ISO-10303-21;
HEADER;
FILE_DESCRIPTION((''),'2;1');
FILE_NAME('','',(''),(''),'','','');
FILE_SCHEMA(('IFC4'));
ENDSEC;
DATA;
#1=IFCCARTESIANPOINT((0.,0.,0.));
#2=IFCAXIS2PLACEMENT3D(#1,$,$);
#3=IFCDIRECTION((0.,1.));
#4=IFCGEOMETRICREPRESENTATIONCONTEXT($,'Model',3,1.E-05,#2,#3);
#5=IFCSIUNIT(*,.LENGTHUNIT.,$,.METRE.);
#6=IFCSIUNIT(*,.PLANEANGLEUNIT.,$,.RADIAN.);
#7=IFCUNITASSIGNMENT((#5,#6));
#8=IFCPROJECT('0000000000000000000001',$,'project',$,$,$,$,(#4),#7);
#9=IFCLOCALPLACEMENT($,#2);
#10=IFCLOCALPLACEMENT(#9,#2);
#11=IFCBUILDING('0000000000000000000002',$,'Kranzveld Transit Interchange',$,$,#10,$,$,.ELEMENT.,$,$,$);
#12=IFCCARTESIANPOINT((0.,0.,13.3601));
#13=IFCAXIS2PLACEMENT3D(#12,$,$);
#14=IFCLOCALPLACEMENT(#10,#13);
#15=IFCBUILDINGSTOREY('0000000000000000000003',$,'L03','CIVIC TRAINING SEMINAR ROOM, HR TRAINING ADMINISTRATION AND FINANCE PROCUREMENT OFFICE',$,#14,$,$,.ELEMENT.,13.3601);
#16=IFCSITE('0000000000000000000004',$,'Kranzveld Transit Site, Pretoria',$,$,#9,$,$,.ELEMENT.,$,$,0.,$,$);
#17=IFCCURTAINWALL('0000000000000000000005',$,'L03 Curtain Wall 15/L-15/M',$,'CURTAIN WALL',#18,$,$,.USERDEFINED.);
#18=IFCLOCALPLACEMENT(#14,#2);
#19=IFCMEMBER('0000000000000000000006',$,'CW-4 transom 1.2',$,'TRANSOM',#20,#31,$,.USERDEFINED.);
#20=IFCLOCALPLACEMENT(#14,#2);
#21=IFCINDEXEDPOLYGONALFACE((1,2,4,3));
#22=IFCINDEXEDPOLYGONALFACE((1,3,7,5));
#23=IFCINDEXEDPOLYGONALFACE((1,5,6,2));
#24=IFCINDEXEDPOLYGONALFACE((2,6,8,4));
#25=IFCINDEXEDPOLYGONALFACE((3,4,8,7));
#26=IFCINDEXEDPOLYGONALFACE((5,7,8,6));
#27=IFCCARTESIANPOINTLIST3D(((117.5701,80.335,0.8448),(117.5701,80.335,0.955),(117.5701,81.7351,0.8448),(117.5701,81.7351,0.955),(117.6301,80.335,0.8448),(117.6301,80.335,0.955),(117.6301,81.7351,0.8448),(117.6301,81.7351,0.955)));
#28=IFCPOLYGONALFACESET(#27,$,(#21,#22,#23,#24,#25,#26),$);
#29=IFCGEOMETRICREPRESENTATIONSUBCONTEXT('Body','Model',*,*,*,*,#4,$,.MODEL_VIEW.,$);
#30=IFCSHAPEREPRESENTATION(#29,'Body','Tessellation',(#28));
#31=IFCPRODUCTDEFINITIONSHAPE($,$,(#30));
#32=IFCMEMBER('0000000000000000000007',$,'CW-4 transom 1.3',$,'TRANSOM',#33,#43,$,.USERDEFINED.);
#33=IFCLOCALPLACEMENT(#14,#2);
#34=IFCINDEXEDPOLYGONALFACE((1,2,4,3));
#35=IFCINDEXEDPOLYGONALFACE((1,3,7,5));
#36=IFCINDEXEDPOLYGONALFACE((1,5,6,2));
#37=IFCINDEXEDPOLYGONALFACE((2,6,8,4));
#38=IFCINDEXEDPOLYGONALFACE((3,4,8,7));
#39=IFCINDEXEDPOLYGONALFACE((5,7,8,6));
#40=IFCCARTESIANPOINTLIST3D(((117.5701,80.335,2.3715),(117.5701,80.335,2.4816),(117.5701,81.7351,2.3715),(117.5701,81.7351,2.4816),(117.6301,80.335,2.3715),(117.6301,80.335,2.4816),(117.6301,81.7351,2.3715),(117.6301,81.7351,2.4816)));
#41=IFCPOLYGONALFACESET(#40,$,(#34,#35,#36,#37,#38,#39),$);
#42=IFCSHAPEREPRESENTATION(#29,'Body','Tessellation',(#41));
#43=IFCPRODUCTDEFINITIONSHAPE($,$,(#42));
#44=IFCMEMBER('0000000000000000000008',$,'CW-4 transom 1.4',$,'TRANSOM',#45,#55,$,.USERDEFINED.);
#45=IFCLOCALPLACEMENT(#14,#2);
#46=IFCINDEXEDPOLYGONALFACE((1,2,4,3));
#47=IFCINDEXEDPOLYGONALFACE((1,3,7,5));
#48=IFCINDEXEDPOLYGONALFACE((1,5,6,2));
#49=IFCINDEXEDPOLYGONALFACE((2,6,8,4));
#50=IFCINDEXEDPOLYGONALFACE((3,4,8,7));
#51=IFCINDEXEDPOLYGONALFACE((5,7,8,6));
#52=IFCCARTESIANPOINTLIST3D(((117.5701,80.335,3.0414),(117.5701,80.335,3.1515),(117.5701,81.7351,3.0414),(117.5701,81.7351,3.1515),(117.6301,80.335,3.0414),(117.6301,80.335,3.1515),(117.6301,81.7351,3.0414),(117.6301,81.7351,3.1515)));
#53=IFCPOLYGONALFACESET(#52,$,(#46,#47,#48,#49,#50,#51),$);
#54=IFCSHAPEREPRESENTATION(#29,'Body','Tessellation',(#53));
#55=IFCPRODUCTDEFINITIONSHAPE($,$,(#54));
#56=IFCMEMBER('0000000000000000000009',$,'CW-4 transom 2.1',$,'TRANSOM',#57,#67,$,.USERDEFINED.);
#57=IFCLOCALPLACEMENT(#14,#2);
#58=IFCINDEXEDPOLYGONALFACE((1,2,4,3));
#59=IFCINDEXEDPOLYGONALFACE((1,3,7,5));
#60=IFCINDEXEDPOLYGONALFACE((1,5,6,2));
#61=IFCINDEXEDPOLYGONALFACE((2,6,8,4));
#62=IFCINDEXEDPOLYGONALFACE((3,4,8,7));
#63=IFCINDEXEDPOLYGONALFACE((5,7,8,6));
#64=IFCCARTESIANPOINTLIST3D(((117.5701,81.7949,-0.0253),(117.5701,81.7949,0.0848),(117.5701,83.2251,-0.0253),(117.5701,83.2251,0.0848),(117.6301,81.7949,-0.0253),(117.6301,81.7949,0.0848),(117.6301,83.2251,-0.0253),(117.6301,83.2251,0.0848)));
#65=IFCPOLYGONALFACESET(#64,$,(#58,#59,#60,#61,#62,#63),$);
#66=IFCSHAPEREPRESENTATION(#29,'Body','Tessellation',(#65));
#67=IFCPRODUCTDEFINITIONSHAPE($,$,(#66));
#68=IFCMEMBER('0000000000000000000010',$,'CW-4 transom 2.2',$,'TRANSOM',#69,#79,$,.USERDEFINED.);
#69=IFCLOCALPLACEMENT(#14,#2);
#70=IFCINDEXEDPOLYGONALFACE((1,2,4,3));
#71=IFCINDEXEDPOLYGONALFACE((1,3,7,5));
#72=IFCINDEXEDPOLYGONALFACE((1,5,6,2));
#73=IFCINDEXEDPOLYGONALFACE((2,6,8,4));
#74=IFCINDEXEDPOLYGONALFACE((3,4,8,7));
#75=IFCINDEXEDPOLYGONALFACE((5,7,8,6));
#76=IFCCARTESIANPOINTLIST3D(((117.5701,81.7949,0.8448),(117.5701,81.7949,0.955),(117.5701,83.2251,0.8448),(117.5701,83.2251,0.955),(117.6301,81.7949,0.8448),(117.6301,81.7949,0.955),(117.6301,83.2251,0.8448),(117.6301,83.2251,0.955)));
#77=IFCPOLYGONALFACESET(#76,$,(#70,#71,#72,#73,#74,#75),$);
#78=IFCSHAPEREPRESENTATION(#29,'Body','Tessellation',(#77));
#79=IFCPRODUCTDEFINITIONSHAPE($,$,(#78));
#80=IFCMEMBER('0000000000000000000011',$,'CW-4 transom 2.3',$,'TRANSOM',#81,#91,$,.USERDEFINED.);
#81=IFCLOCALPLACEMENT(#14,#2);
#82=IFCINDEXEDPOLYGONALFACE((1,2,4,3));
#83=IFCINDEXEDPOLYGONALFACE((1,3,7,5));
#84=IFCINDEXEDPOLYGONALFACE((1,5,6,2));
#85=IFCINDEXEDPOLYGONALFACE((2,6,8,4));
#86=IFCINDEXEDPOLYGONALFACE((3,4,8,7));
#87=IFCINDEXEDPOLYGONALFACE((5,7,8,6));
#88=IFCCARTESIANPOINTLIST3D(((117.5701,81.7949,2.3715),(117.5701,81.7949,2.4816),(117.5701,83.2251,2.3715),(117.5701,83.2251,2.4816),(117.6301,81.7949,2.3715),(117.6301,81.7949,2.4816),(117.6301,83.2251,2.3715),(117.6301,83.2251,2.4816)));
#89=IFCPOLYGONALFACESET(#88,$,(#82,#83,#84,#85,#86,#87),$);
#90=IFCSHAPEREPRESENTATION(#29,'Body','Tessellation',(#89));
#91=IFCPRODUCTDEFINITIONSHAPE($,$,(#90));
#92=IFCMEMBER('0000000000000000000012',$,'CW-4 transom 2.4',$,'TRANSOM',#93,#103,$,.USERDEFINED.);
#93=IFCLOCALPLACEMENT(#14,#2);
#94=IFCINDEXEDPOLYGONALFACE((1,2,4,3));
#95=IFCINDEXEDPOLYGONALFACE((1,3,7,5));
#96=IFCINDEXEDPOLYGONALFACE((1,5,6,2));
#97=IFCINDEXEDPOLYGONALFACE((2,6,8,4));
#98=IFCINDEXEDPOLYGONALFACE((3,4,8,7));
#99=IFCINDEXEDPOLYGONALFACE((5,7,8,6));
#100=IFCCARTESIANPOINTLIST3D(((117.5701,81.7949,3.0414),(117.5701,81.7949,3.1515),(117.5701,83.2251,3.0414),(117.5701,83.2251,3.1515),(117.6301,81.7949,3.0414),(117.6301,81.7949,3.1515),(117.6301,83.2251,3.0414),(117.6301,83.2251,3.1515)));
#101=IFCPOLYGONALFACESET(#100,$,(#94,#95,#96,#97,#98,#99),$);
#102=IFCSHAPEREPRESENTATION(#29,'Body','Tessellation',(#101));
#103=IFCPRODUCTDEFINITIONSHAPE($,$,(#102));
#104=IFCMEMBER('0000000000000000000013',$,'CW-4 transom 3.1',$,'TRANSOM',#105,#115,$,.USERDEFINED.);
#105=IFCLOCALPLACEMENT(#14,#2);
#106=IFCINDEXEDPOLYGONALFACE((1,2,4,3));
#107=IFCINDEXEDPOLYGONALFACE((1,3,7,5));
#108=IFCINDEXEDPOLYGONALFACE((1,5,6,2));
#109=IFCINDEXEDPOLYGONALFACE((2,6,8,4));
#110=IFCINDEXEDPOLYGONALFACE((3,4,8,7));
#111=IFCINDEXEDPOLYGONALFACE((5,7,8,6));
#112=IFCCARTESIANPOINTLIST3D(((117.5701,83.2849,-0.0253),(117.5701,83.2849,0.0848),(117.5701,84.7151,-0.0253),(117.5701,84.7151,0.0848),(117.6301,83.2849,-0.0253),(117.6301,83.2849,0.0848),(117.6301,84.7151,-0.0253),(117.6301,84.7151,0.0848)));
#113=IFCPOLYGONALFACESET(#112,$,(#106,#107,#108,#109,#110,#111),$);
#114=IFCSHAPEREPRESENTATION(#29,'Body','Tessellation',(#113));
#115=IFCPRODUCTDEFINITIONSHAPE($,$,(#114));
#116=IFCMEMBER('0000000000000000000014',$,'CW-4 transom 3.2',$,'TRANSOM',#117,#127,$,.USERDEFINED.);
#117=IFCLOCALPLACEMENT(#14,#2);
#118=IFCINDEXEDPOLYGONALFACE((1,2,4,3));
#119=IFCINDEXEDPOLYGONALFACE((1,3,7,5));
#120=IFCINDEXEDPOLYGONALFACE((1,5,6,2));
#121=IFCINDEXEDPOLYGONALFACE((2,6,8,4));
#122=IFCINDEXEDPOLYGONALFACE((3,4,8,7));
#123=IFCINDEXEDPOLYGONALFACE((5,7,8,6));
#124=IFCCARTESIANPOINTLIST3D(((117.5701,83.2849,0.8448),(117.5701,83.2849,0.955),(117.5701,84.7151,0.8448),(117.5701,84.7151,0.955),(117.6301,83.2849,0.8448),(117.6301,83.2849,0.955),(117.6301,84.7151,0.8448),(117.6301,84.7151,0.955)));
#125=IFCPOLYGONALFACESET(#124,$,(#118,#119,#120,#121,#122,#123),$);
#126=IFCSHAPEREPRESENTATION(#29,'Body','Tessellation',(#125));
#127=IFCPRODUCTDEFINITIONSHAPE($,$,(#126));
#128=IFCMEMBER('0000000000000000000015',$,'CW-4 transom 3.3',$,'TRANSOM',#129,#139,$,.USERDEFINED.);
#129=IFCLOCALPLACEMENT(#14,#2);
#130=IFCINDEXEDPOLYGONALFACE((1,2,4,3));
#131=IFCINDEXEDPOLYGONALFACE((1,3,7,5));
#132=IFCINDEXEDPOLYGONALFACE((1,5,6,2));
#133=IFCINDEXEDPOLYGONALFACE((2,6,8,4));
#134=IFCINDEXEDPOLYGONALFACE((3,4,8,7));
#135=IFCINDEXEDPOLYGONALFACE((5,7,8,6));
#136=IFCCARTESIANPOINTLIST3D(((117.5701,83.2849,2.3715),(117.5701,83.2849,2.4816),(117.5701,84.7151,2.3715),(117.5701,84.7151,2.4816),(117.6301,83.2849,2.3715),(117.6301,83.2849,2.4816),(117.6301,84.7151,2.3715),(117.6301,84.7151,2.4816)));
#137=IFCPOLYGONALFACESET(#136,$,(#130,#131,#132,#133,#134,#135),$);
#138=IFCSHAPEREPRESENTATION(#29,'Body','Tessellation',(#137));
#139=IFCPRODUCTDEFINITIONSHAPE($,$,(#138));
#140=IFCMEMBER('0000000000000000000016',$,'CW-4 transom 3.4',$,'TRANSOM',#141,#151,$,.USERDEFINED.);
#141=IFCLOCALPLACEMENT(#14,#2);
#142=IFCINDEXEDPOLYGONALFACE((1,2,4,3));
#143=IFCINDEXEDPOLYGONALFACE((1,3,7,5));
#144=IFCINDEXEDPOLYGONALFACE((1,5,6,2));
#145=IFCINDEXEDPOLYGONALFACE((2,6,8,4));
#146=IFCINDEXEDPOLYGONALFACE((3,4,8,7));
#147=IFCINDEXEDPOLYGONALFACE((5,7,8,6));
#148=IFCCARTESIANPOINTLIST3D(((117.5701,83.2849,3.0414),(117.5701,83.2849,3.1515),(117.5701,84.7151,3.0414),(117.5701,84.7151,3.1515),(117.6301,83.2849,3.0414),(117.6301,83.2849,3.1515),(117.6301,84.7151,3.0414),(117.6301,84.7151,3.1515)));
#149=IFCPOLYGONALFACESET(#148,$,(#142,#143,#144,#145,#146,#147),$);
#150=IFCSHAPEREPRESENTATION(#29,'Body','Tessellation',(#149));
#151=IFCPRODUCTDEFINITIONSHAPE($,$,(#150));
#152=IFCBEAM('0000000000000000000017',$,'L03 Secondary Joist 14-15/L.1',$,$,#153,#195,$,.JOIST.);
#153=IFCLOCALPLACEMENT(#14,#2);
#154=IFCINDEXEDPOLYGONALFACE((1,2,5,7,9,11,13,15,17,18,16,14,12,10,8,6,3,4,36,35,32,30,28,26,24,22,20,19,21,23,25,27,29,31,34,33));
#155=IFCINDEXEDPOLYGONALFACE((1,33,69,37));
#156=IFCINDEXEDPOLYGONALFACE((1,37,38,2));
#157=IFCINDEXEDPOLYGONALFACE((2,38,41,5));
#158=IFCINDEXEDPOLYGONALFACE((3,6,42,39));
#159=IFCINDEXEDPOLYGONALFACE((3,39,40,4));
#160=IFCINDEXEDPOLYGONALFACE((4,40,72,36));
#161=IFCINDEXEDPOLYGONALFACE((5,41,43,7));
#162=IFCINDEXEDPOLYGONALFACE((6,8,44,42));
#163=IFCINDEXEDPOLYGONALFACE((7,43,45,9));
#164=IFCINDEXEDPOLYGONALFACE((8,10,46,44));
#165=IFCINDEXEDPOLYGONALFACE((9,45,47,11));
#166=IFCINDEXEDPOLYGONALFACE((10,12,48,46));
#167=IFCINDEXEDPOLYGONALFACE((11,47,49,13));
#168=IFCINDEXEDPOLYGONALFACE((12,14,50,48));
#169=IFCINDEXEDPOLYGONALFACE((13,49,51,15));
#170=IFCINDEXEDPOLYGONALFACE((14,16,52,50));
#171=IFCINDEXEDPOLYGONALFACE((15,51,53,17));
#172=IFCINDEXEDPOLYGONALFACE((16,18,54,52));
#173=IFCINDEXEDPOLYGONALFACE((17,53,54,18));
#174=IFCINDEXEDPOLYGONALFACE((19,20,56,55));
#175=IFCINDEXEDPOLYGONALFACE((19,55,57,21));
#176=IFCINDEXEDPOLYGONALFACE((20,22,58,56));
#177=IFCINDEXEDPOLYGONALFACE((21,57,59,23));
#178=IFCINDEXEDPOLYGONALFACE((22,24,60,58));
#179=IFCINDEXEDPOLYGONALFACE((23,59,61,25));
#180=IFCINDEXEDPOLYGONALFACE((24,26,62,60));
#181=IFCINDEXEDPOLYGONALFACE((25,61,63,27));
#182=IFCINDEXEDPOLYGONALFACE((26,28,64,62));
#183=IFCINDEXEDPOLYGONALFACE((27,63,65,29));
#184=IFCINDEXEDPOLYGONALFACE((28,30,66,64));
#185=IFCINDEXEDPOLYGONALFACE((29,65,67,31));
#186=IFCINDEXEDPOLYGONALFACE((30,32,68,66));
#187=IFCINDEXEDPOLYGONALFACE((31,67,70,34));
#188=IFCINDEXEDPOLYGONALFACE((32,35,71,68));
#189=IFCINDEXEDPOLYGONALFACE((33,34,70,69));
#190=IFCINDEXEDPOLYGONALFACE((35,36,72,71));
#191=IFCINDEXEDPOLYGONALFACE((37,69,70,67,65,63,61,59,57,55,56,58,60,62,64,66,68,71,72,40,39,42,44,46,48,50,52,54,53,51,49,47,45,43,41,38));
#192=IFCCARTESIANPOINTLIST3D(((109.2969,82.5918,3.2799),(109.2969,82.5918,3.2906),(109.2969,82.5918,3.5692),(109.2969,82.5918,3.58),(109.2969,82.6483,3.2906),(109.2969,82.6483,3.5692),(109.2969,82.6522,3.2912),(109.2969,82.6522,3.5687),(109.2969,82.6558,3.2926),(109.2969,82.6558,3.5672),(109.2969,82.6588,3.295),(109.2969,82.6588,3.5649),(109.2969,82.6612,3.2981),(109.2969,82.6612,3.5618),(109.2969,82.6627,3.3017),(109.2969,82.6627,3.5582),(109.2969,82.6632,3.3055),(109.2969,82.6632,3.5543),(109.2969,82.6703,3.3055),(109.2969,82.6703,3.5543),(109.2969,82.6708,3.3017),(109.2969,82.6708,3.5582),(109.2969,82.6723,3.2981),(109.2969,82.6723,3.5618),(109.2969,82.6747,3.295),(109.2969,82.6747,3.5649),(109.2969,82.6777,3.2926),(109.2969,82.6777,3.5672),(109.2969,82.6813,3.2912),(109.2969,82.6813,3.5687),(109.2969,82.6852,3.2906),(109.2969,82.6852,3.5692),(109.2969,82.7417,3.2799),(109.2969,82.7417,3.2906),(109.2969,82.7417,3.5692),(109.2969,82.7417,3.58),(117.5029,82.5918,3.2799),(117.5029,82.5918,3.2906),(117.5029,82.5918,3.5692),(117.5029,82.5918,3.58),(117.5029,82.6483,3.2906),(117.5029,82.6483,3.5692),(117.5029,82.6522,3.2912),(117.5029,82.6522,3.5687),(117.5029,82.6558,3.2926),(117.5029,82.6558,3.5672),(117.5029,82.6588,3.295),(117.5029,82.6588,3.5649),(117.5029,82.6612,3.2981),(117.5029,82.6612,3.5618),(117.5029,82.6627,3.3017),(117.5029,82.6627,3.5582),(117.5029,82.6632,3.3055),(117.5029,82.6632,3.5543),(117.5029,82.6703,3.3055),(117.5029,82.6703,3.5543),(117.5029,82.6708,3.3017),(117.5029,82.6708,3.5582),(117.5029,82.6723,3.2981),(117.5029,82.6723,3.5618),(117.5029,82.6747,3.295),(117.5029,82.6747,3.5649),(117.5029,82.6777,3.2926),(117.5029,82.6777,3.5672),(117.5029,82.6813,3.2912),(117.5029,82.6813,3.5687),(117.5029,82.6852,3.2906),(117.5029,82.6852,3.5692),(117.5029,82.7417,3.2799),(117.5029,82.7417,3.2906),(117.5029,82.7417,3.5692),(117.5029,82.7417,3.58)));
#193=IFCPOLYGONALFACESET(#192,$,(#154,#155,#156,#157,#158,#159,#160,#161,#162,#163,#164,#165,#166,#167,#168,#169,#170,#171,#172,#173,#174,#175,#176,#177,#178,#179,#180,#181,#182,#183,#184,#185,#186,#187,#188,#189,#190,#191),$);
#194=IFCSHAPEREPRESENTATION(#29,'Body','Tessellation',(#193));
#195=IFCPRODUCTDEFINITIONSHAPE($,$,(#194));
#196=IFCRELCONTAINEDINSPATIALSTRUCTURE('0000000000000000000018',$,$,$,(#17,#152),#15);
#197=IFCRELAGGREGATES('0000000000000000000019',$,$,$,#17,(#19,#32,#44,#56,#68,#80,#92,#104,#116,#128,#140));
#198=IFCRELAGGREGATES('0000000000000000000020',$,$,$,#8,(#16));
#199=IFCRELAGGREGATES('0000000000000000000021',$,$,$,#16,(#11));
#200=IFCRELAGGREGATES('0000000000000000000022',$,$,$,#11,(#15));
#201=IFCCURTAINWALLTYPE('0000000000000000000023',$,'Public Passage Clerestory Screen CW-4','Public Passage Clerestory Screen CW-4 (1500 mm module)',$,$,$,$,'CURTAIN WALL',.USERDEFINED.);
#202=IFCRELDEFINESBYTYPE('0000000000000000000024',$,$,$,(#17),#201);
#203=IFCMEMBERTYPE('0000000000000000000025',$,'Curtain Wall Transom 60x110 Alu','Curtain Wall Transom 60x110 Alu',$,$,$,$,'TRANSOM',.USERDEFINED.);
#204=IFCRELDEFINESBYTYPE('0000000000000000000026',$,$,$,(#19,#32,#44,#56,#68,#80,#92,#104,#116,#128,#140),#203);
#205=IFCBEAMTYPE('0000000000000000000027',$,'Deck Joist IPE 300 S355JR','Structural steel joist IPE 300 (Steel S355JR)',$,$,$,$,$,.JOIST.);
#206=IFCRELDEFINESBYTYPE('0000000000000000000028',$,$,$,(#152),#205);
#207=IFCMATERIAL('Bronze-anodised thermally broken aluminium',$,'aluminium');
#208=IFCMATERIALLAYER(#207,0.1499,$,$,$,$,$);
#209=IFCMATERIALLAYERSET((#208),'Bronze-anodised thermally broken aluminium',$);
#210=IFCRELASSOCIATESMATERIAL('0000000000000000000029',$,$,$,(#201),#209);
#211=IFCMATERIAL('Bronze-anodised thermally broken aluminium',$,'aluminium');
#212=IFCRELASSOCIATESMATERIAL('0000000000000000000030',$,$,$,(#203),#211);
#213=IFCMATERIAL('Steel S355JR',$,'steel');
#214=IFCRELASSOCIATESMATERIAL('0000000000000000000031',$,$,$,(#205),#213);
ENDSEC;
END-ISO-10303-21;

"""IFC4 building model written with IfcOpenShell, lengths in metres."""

from ifc_helpers import new_model, si_unit, direction, frame, origin, origin_2d, place, context, subcontext, project, spatial, rectangle, i_section, extrude, material, layer, layer_set, material_profile, profile_set, type_object, element, aggregate, save


model = new_model("IFC4")

# Units and contexts
model_context = context("Model", 3, precision=1e-05, world=origin(), true_north=direction((0.0, 1.0)))
body_context = subcontext(model_context, "Body", "Model", "MODEL_VIEW")
ifc_project = project(units=[si_unit("LENGTHUNIT", "METRE"), si_unit("PLANEANGLEUNIT", "RADIAN")], contexts=[model_context])

# Site, building, storey
site_placement = place(None, origin())
site = spatial("IfcSite", under=ifc_project, at=site_placement, Name="Kranzveld Transit Site, Pretoria", CompositionType="ELEMENT", RefElevation=0.0)
building_placement = place(site_placement, origin())
building = spatial("IfcBuilding", under=site, at=building_placement, Name="Kranzveld Transit Interchange", CompositionType="ELEMENT")
storey_placement = place(building_placement, frame((0.0, 0.0, 13.3601)))
storey = spatial("IfcBuildingStorey", under=building, at=storey_placement, Name="L03", Description="CIVIC TRAINING SEMINAR ROOM, HR TRAINING ADMINISTRATION AND FINANCE PROCUREMENT OFFICE", CompositionType="ELEMENT", Elevation=13.3601)

# Curtain wall, members
ifc_material_1 = material(Name="Bronze-anodised thermally broken aluminium", Category="aluminium")
ifc_layer_1 = layer(ifc_material_1, 0.1499)
ifc_layer_set_1 = layer_set([ifc_layer_1], Name="Bronze-anodised thermally broken aluminium")
curtain_wall_type = type_object("IfcCurtainWallType", Name="Public Passage Clerestory Screen CW-4", Description="Public Passage Clerestory Screen CW-4 (1500 mm module)", ElementType="CURTAIN WALL", PredefinedType="USERDEFINED", material=ifc_layer_set_1)
curtain_wall_placement = place(storey_placement, origin())
curtain_wall = element("IfcCurtainWall", 1, at=curtain_wall_placement, inside=storey, type_object=curtain_wall_type, Name="L03 Curtain Wall 15/L-15/M", ObjectType="CURTAIN WALL", PredefinedType="USERDEFINED")
ifc_material_2 = material(Name="Bronze-anodised thermally broken aluminium", Category="aluminium")
ifc_material_profile_1 = material_profile(ifc_material_2, rectangle(XDim=0.0601, YDim=0.1101, at=origin_2d()), Name="ALU TRANSOM 60x110")
ifc_profile_set_1 = profile_set([ifc_material_profile_1], Name="Bronze-anodised thermally broken aluminium")
member_type_1 = type_object("IfcMemberType", Name="Curtain Wall Transom 60x110 Alu", Description="Curtain Wall Transom 60x110 Alu", ElementType="TRANSOM", PredefinedType="USERDEFINED", material=ifc_profile_set_1)
member_1_placement = place(storey_placement, frame((117.6001, 80.335, 0.8999), z_axis=(0.0, 1.0, 0.0), x_axis=(-1.0, 0.0, 0.0)))
member_1 = element("IfcMember", 2, at=member_1_placement, type_object=member_type_1, Name="CW-4 transom 1.2", ObjectType="TRANSOM", PredefinedType="USERDEFINED", context=body_context, shape_type="SweptSolid", body=[
    extrude(rectangle(XDim=0.0601, YDim=0.1101, at=origin_2d()), origin(), (0.0, 0.0, 1.0), 1.4001),
])
member_2_placement = place(storey_placement, frame((117.6001, 80.335, 2.4265), z_axis=(0.0, 1.0, 0.0), x_axis=(-1.0, 0.0, 0.0)))
member_2 = element("IfcMember", 3, at=member_2_placement, type_object=member_type_1, Name="CW-4 transom 1.3", ObjectType="TRANSOM", PredefinedType="USERDEFINED", context=body_context, shape_type="SweptSolid", body=[
    extrude(rectangle(XDim=0.0601, YDim=0.1101, at=origin_2d()), origin(), (0.0, 0.0, 1.0), 1.4001),
])
member_3_placement = place(storey_placement, frame((117.6001, 80.335, 3.0964), z_axis=(0.0, 1.0, 0.0), x_axis=(-1.0, 0.0, 0.0)))
member_3 = element("IfcMember", 4, at=member_3_placement, type_object=member_type_1, Name="CW-4 transom 1.4", ObjectType="TRANSOM", PredefinedType="USERDEFINED", context=body_context, shape_type="SweptSolid", body=[
    extrude(rectangle(XDim=0.0601, YDim=0.1101, at=origin_2d()), origin(), (0.0, 0.0, 1.0), 1.4001),
])
member_4_placement = place(storey_placement, frame((117.6001, 81.7949, 0.0298), z_axis=(0.0, 1.0, 0.0), x_axis=(-1.0, 0.0, 0.0)))
member_4 = element("IfcMember", 5, at=member_4_placement, type_object=member_type_1, Name="CW-4 transom 2.1", ObjectType="TRANSOM", PredefinedType="USERDEFINED", context=body_context, shape_type="SweptSolid", body=[
    extrude(rectangle(XDim=0.0601, YDim=0.1101, at=origin_2d()), origin(), (0.0, 0.0, 1.0), 1.4302),
])
member_5_placement = place(storey_placement, frame((117.6001, 81.7949, 0.8999), z_axis=(0.0, 1.0, 0.0), x_axis=(-1.0, 0.0, 0.0)))
member_5 = element("IfcMember", 6, at=member_5_placement, type_object=member_type_1, Name="CW-4 transom 2.2", ObjectType="TRANSOM", PredefinedType="USERDEFINED", context=body_context, shape_type="SweptSolid", body=[
    extrude(rectangle(XDim=0.0601, YDim=0.1101, at=origin_2d()), origin(), (0.0, 0.0, 1.0), 1.4302),
])
member_6_placement = place(storey_placement, frame((117.6001, 81.7949, 2.4265), z_axis=(0.0, 1.0, 0.0), x_axis=(-1.0, 0.0, 0.0)))
member_6 = element("IfcMember", 7, at=member_6_placement, type_object=member_type_1, Name="CW-4 transom 2.3", ObjectType="TRANSOM", PredefinedType="USERDEFINED", context=body_context, shape_type="SweptSolid", body=[
    extrude(rectangle(XDim=0.0601, YDim=0.1101, at=origin_2d()), origin(), (0.0, 0.0, 1.0), 1.4302),
])
member_7_placement = place(storey_placement, frame((117.6001, 81.7949, 3.0964), z_axis=(0.0, 1.0, 0.0), x_axis=(-1.0, 0.0, 0.0)))
member_7 = element("IfcMember", 8, at=member_7_placement, type_object=member_type_1, Name="CW-4 transom 2.4", ObjectType="TRANSOM", PredefinedType="USERDEFINED", context=body_context, shape_type="SweptSolid", body=[
    extrude(rectangle(XDim=0.0601, YDim=0.1101, at=origin_2d()), origin(), (0.0, 0.0, 1.0), 1.4302),
])
member_8_placement = place(storey_placement, frame((117.6001, 83.2849, 0.0298), z_axis=(0.0, 1.0, 0.0), x_axis=(-1.0, 0.0, 0.0)))
member_8 = element("IfcMember", 9, at=member_8_placement, type_object=member_type_1, Name="CW-4 transom 3.1", ObjectType="TRANSOM", PredefinedType="USERDEFINED", context=body_context, shape_type="SweptSolid", body=[
    extrude(rectangle(XDim=0.0601, YDim=0.1101, at=origin_2d()), origin(), (0.0, 0.0, 1.0), 1.4302),
])
member_9_placement = place(storey_placement, frame((117.6001, 83.2849, 0.8999), z_axis=(0.0, 1.0, 0.0), x_axis=(-1.0, 0.0, 0.0)))
member_9 = element("IfcMember", 10, at=member_9_placement, type_object=member_type_1, Name="CW-4 transom 3.2", ObjectType="TRANSOM", PredefinedType="USERDEFINED", context=body_context, shape_type="SweptSolid", body=[
    extrude(rectangle(XDim=0.0601, YDim=0.1101, at=origin_2d()), origin(), (0.0, 0.0, 1.0), 1.4302),
])
member_10_placement = place(storey_placement, frame((117.6001, 83.2849, 2.4265), z_axis=(0.0, 1.0, 0.0), x_axis=(-1.0, 0.0, 0.0)))
member_10 = element("IfcMember", 11, at=member_10_placement, type_object=member_type_1, Name="CW-4 transom 3.3", ObjectType="TRANSOM", PredefinedType="USERDEFINED", context=body_context, shape_type="SweptSolid", body=[
    extrude(rectangle(XDim=0.0601, YDim=0.1101, at=origin_2d()), origin(), (0.0, 0.0, 1.0), 1.4302),
])
member_11_placement = place(storey_placement, frame((117.6001, 83.2849, 3.0964), z_axis=(0.0, 1.0, 0.0), x_axis=(-1.0, 0.0, 0.0)))
member_11 = element("IfcMember", 12, at=member_11_placement, type_object=member_type_1, Name="CW-4 transom 3.4", ObjectType="TRANSOM", PredefinedType="USERDEFINED", context=body_context, shape_type="SweptSolid", body=[
    extrude(rectangle(XDim=0.0601, YDim=0.1101, at=origin_2d()), origin(), (0.0, 0.0, 1.0), 1.4302),
])

# Beam
ifc_material_3 = material(Name="Steel S355JR", Category="steel")
ifc_material_profile_2 = material_profile(ifc_material_3, i_section(OverallWidth=0.1499, OverallDepth=0.3, WebThickness=0.0071, FlangeThickness=0.0107, FilletRadius=0.0149, at=origin_2d()), Name="IPE 300")
ifc_profile_set_2 = profile_set([ifc_material_profile_2], Name="Steel S355JR")
beam_type_1 = type_object("IfcBeamType", Name="Deck Joist IPE 300 S355JR", Description="Structural steel joist IPE 300 (Steel S355JR)", PredefinedType="JOIST", material=ifc_profile_set_2)
for number, where, z_axis, x_axis, name in (
    (13, (109.2969, 82.6667, 3.4299), (1.0, 0.0, 0.0), (0.0, 1.0, 0.0), "L03 Secondary Joist 14-15/L.1"),
):
    element("IfcBeam", number, at=place(storey_placement, frame(where, z_axis=z_axis, x_axis=x_axis)), inside=storey, type_object=beam_type_1, Name=name, PredefinedType="JOIST", context=body_context, shape_type="SweptSolid", body=[
        extrude(i_section(OverallWidth=0.1499, OverallDepth=0.3, WebThickness=0.0071, FlangeThickness=0.0107, FilletRadius=0.0149, at=origin_2d()), origin(), (0.0, 0.0, 1.0), 8.2061),
    ])

aggregate(curtain_wall, [member_1, member_2, member_3, member_4, member_5, member_6, member_7, member_8, member_9, member_10, member_11])

save(model, "model.ifc")
